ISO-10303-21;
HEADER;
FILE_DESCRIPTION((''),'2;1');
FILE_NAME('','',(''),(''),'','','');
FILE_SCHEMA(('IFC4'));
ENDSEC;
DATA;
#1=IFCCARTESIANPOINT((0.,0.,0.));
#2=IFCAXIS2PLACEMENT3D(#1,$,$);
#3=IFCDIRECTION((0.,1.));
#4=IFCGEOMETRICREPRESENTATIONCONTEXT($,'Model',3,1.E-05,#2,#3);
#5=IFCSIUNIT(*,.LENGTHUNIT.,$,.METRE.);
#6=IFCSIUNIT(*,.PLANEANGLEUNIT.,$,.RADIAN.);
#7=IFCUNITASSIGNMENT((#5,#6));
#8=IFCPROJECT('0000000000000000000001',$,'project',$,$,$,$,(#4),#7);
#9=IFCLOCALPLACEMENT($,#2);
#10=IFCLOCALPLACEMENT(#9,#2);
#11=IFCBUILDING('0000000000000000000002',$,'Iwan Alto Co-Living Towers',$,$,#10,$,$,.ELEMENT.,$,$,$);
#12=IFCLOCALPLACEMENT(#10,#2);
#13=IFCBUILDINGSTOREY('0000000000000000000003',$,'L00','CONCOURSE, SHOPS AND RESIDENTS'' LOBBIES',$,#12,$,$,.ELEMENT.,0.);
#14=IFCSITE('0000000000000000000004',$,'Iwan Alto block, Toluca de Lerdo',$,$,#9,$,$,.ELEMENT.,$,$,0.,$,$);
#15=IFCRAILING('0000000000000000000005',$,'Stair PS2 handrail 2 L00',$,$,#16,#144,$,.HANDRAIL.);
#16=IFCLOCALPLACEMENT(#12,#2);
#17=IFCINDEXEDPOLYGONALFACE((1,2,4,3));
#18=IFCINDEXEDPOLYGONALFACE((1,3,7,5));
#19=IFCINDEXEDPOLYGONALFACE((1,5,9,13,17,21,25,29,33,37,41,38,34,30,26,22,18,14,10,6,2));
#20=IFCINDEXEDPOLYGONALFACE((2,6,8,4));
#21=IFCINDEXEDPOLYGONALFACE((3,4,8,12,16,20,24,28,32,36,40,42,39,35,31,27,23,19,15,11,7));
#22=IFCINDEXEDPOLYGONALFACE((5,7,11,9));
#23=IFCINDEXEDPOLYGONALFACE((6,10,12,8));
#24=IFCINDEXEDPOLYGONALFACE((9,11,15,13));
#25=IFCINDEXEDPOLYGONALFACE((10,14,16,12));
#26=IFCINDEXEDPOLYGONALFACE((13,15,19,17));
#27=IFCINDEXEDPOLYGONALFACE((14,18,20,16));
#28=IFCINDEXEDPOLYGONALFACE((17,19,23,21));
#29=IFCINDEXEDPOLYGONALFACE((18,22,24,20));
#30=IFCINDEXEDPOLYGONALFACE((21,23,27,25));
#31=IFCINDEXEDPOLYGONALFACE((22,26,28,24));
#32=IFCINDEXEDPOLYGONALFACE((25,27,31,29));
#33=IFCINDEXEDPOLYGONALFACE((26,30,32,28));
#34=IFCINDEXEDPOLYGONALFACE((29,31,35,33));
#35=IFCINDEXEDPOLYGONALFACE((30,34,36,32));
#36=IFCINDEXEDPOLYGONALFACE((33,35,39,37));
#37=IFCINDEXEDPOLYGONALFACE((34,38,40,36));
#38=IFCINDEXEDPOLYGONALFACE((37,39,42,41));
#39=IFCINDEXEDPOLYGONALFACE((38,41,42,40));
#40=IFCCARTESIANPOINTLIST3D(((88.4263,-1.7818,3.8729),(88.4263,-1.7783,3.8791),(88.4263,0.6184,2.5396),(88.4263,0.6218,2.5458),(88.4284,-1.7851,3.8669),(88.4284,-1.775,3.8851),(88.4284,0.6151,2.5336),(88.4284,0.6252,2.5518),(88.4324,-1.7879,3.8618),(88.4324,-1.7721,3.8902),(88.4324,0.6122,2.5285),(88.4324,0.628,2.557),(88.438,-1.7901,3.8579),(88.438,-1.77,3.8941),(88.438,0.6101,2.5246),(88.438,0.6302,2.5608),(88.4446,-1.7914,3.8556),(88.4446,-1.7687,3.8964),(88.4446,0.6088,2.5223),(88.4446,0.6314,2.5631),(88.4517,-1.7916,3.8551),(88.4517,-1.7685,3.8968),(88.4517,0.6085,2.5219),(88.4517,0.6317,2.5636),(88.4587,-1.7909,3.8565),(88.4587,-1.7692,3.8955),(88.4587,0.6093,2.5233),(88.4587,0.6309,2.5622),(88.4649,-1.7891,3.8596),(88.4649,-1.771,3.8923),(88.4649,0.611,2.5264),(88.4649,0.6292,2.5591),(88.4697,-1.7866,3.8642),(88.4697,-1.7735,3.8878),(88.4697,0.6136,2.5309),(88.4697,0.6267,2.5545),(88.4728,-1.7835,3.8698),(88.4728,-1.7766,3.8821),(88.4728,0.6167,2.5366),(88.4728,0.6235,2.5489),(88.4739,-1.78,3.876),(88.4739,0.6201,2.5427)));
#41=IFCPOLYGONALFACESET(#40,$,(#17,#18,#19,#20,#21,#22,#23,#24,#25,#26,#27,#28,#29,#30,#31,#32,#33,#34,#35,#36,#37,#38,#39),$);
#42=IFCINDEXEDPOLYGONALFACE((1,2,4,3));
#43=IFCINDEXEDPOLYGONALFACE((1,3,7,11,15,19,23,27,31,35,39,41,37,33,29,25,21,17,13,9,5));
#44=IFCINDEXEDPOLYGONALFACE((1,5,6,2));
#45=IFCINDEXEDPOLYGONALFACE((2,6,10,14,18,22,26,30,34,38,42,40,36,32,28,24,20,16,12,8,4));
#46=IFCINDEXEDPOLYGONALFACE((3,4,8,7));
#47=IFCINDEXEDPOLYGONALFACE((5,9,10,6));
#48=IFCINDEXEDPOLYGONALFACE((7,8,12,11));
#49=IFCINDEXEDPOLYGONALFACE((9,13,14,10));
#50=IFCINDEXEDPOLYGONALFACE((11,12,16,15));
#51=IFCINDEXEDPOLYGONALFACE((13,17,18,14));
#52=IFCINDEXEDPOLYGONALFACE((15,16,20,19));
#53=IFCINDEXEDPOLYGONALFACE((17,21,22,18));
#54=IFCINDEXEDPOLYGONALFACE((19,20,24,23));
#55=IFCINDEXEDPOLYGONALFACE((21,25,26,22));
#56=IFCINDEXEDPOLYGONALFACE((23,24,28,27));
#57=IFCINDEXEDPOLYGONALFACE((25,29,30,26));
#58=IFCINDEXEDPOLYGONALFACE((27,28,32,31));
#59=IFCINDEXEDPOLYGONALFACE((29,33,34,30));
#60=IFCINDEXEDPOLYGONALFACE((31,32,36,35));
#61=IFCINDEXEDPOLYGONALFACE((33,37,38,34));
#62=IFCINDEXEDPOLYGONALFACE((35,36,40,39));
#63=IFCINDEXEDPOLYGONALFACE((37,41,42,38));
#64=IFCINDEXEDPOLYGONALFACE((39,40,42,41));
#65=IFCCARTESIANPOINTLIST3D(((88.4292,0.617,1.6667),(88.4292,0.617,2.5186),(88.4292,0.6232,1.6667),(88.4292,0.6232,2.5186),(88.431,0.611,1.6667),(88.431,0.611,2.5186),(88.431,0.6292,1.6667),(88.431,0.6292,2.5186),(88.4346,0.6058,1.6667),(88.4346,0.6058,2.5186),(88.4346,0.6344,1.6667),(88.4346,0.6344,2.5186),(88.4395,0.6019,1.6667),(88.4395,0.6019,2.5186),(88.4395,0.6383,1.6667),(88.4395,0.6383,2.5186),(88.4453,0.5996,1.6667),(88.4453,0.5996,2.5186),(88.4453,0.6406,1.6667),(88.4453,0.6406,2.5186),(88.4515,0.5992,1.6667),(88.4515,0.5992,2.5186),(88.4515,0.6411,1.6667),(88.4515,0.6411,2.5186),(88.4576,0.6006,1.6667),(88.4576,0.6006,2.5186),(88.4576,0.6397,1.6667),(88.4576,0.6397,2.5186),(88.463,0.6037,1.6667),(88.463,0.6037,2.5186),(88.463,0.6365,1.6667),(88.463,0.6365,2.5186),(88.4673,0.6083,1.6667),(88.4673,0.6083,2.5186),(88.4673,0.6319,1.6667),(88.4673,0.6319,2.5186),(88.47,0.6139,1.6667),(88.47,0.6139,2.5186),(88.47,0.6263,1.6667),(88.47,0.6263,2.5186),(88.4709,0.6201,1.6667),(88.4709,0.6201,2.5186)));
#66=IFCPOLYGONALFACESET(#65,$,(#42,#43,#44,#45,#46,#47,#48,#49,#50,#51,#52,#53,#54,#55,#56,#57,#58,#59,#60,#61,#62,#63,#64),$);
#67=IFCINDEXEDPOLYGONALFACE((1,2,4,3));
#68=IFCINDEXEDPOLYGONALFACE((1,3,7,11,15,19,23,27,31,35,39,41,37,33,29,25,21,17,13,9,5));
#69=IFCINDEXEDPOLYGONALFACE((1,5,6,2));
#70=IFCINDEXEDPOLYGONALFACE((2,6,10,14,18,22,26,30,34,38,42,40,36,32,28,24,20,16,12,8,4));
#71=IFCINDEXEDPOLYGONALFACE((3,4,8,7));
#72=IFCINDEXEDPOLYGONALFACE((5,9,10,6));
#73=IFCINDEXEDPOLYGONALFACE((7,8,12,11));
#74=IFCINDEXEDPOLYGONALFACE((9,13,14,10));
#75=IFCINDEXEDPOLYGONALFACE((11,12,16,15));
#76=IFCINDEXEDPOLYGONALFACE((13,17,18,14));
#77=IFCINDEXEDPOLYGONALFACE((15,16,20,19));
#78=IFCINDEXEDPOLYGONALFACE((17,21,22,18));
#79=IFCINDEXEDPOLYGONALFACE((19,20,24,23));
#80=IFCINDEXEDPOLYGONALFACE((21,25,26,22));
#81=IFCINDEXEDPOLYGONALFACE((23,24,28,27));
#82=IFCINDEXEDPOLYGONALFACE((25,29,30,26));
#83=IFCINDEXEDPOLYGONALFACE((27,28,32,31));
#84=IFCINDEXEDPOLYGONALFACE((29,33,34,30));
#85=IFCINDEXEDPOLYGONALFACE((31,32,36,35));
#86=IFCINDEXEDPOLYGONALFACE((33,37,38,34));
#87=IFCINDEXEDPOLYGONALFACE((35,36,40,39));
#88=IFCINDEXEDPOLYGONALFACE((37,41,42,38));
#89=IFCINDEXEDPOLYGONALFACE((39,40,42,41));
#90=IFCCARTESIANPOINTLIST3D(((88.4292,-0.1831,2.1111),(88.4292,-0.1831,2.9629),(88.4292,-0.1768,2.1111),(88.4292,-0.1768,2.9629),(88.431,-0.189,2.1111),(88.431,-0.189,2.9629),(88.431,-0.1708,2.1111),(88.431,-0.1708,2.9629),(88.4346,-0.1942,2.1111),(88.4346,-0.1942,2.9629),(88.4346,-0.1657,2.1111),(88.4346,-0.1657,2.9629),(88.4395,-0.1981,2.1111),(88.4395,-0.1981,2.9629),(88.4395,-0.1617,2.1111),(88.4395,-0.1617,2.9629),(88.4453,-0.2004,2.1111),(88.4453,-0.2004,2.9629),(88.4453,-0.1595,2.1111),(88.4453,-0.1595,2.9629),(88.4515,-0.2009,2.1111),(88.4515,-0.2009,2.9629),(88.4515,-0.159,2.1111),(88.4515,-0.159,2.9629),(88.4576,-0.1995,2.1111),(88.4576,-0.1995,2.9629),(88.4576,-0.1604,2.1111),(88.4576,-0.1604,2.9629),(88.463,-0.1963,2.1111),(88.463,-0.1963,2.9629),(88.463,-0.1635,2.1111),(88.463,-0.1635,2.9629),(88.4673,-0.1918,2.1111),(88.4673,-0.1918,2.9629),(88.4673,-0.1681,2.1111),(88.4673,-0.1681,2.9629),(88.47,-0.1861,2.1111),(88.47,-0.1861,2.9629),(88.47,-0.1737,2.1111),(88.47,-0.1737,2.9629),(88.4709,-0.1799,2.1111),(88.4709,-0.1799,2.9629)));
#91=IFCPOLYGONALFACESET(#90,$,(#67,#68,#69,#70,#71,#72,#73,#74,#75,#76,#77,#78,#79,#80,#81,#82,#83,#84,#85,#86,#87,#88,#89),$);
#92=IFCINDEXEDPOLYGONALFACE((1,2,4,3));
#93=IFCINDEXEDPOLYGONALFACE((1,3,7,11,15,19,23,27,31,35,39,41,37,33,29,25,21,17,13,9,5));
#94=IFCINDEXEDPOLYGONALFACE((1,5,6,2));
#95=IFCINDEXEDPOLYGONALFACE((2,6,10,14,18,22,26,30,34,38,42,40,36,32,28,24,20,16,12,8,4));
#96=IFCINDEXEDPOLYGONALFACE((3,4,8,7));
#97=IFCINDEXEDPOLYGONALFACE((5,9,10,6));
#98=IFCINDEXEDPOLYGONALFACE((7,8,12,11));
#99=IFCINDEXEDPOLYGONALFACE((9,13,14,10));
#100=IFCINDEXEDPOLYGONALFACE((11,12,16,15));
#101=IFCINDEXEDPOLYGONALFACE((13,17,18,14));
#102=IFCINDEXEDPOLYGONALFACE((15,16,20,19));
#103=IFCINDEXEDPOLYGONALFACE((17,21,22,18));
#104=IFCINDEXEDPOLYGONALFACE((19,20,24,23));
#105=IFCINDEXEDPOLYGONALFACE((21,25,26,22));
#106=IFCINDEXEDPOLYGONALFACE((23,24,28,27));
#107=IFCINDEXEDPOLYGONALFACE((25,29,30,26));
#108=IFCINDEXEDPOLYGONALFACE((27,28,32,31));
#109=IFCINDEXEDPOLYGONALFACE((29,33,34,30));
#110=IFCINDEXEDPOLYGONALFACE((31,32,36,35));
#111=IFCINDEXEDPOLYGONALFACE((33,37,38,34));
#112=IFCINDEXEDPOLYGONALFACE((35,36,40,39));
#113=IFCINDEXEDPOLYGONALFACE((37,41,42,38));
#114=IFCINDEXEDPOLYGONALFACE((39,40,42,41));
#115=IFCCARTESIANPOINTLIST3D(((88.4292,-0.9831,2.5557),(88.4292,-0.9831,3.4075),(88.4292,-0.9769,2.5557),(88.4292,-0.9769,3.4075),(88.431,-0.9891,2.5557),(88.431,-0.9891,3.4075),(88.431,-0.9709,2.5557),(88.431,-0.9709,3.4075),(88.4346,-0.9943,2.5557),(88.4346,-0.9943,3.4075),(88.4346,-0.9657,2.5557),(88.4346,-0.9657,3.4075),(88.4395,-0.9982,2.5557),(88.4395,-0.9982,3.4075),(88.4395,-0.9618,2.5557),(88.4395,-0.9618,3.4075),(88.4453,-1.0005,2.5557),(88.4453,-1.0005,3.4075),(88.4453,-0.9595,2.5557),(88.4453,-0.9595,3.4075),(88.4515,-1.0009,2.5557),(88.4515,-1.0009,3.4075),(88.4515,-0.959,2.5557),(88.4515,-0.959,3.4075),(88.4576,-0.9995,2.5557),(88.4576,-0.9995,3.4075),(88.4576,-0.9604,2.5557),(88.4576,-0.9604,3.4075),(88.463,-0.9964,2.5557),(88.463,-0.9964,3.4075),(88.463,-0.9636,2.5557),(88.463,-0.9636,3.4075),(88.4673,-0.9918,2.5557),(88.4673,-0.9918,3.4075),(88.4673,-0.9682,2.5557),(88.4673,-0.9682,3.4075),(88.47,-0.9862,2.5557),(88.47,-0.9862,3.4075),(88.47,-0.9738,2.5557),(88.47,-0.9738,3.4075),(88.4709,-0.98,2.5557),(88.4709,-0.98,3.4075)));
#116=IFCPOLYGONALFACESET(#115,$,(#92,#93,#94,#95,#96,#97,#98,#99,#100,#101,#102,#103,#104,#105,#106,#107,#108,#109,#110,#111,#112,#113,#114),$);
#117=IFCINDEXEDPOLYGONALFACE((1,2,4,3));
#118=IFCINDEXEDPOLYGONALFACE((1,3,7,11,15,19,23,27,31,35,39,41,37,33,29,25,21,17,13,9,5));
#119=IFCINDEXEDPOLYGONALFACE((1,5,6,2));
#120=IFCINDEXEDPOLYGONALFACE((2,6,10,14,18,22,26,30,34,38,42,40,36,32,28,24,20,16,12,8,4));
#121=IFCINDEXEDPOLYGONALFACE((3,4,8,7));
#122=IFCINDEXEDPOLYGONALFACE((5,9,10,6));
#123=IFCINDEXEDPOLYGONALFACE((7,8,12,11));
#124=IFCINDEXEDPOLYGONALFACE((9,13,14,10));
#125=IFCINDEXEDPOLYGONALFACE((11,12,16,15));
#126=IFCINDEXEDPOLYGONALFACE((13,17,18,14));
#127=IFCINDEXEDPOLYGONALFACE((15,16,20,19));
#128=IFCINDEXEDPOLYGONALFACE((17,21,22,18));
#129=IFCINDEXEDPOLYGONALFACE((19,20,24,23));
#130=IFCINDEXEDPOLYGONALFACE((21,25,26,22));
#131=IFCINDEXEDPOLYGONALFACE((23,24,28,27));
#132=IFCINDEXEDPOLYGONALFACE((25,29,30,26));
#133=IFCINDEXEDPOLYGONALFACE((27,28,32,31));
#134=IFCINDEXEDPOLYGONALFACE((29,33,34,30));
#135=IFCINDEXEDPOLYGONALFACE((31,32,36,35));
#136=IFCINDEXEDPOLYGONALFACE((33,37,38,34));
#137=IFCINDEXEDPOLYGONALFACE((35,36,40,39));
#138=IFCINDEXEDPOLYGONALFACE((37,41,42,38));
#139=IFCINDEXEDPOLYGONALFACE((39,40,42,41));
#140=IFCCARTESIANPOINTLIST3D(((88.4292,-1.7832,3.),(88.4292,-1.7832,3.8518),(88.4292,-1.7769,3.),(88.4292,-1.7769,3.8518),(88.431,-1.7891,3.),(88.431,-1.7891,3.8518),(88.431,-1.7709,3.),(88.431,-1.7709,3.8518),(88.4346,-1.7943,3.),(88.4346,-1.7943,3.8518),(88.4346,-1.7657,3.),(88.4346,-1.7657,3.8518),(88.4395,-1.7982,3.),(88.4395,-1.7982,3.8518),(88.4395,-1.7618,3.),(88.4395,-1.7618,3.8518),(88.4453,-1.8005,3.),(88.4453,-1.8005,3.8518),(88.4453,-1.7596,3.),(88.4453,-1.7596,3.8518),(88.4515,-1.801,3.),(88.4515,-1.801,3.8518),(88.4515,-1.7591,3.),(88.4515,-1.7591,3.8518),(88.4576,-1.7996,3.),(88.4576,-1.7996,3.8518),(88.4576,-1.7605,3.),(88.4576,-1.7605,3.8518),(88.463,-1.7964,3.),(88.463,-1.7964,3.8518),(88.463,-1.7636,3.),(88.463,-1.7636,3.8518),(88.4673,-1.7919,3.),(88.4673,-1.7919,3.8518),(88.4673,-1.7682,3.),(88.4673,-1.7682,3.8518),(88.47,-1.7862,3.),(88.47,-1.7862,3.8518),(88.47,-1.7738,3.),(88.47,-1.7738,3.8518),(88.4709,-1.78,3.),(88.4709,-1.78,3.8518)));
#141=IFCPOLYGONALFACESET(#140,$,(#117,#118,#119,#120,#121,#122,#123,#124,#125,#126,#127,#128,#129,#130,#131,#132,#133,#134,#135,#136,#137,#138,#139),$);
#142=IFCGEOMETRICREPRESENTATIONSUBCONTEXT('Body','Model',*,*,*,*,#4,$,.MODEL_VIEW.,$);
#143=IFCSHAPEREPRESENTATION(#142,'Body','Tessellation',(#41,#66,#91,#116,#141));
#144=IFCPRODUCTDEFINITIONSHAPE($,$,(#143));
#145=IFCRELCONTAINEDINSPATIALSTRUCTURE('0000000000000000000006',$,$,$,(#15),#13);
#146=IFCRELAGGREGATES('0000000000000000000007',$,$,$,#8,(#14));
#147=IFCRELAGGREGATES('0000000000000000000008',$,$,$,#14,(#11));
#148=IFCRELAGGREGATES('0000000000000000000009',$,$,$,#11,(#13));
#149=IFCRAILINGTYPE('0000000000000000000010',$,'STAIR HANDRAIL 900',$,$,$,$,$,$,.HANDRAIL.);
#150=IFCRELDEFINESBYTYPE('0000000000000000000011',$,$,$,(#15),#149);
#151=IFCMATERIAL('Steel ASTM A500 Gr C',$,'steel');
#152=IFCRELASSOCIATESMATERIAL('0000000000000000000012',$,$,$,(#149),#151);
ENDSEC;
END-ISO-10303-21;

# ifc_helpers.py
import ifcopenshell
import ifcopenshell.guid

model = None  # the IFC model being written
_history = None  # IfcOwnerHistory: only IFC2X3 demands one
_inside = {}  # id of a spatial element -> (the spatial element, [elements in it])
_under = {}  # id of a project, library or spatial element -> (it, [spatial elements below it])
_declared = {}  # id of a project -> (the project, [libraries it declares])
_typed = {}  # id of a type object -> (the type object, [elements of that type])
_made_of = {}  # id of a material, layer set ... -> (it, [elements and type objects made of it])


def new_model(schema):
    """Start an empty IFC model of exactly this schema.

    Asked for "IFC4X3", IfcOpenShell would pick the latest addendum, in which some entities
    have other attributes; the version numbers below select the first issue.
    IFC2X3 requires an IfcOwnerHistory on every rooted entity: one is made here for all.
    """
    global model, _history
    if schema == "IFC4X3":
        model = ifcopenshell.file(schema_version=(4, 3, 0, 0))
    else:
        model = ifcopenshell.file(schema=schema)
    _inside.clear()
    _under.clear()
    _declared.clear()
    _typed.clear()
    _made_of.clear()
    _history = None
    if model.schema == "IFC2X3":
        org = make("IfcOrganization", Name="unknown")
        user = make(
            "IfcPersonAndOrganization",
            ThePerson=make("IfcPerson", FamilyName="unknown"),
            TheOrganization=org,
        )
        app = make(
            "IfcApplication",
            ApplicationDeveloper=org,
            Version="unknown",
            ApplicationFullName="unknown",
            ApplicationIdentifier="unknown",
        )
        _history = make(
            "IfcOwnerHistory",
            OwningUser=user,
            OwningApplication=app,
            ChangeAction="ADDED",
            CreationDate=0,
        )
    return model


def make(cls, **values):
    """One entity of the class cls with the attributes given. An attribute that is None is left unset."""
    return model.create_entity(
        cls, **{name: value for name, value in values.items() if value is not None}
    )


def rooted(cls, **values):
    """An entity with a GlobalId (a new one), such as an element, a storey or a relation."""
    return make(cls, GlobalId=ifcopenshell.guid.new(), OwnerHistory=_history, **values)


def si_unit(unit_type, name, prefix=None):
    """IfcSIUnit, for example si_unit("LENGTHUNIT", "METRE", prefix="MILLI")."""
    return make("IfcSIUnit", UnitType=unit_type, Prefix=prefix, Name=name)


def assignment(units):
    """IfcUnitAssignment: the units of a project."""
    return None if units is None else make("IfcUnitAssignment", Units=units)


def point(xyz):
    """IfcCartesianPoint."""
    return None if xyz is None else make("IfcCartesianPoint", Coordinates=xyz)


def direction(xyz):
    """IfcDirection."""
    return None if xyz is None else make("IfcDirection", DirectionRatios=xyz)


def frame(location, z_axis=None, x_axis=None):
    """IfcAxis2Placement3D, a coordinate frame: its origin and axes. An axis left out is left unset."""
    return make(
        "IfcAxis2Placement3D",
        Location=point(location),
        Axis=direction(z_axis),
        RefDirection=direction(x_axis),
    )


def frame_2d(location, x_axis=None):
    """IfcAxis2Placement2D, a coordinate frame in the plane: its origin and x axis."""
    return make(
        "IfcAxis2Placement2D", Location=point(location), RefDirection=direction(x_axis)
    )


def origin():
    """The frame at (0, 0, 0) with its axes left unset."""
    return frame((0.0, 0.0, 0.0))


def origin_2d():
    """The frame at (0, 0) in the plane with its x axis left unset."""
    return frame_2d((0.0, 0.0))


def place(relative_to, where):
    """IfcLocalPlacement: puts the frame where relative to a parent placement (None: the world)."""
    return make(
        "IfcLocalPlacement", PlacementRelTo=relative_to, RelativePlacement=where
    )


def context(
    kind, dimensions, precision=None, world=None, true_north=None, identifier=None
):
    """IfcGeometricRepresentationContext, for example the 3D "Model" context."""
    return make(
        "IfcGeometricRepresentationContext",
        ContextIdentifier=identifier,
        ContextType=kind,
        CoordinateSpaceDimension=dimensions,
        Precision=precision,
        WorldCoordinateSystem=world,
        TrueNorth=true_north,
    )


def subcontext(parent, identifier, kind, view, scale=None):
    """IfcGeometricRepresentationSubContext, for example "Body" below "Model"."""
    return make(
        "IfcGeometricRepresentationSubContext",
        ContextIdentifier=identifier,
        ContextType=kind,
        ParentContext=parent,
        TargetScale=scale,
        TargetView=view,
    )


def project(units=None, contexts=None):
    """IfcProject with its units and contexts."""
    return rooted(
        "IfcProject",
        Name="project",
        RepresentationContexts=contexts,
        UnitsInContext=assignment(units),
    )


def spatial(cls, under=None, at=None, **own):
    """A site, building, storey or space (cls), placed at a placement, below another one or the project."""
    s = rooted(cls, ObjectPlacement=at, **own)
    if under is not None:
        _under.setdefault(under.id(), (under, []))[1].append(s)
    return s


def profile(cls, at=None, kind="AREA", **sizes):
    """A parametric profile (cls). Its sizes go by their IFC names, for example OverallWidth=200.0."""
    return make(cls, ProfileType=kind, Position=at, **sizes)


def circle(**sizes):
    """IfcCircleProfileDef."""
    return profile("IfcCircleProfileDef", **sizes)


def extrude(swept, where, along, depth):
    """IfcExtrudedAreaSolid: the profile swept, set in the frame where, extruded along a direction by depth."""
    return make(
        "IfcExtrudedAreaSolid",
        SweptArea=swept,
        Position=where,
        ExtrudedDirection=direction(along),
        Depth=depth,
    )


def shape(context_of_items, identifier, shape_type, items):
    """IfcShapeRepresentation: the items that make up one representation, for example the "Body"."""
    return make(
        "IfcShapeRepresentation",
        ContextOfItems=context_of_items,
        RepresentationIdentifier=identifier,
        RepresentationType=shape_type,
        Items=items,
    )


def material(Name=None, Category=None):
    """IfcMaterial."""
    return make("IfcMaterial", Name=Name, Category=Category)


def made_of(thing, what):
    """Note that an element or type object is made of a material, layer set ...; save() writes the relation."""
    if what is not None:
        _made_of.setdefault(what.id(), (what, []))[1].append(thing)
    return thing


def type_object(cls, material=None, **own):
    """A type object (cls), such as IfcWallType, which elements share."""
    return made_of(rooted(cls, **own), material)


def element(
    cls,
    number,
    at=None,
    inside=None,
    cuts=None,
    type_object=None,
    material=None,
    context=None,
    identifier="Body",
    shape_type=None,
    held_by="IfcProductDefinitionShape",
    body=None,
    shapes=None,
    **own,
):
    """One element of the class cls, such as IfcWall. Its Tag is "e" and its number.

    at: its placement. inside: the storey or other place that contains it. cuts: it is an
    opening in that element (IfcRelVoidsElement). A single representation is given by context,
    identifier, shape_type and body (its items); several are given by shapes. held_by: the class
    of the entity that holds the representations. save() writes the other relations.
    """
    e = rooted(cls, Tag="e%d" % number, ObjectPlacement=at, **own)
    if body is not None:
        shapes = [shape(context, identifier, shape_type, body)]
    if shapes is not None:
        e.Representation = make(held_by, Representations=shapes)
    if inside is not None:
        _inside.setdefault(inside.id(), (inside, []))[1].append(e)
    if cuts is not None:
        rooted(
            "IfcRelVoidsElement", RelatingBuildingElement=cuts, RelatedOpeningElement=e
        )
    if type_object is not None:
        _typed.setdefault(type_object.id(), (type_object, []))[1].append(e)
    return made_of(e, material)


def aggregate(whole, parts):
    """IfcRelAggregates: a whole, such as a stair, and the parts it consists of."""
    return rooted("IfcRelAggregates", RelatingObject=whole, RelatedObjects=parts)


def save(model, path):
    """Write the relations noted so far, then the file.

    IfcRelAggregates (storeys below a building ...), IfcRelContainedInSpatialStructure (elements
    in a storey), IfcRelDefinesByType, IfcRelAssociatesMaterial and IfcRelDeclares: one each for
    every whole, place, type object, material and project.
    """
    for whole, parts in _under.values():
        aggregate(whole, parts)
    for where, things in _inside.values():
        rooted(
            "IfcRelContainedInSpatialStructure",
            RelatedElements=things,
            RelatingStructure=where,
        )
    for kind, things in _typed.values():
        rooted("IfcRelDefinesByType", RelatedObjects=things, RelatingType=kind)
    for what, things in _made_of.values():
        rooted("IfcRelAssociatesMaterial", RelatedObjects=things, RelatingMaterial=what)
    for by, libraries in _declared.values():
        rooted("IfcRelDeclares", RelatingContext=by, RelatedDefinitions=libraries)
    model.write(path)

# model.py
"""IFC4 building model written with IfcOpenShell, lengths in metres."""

from ifc_helpers import new_model, si_unit, direction, frame, origin, origin_2d, place, context, subcontext, project, spatial, circle, extrude, material, type_object, element, save


model = new_model("IFC4")

# Units and contexts
model_context = context("Model", 3, precision=1e-05, world=origin(), true_north=direction((0.0, 1.0)))
body_context = subcontext(model_context, "Body", "Model", "MODEL_VIEW")
ifc_project = project(units=[si_unit("LENGTHUNIT", "METRE"), si_unit("PLANEANGLEUNIT", "RADIAN")], contexts=[model_context])

# Site, building, storey
site_placement = place(None, origin())
site = spatial("IfcSite", under=ifc_project, at=site_placement, Name="Iwan Alto block, Toluca de Lerdo", CompositionType="ELEMENT", RefElevation=0.0)
building_placement = place(site_placement, origin())
building = spatial("IfcBuilding", under=site, at=building_placement, Name="Iwan Alto Co-Living Towers", CompositionType="ELEMENT")
storey_placement = place(building_placement, origin())
storey = spatial("IfcBuildingStorey", under=building, at=storey_placement, Name="L00", Description="CONCOURSE, SHOPS AND RESIDENTS' LOBBIES", CompositionType="ELEMENT", Elevation=0.0)

# Railing
ifc_material_1 = material(Name="Steel ASTM A500 Gr C", Category="steel")
railing_type_1 = type_object("IfcRailingType", Name="STAIR HANDRAIL 900", PredefinedType="HANDRAIL", material=ifc_material_1)
for number, where, name in (
    (1, (88.45, 0.6201, 1.6667), "Stair PS2 handrail 2 L00"),
):
    element("IfcRailing", number, at=place(storey_placement, frame(where)), inside=storey, type_object=railing_type_1, Name=name, PredefinedType="HANDRAIL", context=body_context, shape_type="SweptSolid", body=[
        extrude(circle(Radius=0.0239, at=origin_2d()), frame((0.0, 0.0, 0.876), z_axis=(0.0, -0.874182, 0.485598), x_axis=(1.0, 0.0, 0.0)), (0.0, 0.0, 1.0), 2.7456),
        extrude(circle(Radius=0.021, at=origin_2d()), origin(), (0.0, 0.0, 1.0), 0.8518),
        extrude(circle(Radius=0.021, at=origin_2d()), frame((0.0, -0.8, 0.4443)), (0.0, 0.0, 1.0), 0.8518),
        extrude(circle(Radius=0.021, at=origin_2d()), frame((0.0, -1.6001, 0.8889)), (0.0, 0.0, 1.0), 0.8518),
        extrude(circle(Radius=0.021, at=origin_2d()), frame((0.0, -2.4001, 1.3333)), (0.0, 0.0, 1.0), 0.8518),
    ])

save(model, "model.ifc")
